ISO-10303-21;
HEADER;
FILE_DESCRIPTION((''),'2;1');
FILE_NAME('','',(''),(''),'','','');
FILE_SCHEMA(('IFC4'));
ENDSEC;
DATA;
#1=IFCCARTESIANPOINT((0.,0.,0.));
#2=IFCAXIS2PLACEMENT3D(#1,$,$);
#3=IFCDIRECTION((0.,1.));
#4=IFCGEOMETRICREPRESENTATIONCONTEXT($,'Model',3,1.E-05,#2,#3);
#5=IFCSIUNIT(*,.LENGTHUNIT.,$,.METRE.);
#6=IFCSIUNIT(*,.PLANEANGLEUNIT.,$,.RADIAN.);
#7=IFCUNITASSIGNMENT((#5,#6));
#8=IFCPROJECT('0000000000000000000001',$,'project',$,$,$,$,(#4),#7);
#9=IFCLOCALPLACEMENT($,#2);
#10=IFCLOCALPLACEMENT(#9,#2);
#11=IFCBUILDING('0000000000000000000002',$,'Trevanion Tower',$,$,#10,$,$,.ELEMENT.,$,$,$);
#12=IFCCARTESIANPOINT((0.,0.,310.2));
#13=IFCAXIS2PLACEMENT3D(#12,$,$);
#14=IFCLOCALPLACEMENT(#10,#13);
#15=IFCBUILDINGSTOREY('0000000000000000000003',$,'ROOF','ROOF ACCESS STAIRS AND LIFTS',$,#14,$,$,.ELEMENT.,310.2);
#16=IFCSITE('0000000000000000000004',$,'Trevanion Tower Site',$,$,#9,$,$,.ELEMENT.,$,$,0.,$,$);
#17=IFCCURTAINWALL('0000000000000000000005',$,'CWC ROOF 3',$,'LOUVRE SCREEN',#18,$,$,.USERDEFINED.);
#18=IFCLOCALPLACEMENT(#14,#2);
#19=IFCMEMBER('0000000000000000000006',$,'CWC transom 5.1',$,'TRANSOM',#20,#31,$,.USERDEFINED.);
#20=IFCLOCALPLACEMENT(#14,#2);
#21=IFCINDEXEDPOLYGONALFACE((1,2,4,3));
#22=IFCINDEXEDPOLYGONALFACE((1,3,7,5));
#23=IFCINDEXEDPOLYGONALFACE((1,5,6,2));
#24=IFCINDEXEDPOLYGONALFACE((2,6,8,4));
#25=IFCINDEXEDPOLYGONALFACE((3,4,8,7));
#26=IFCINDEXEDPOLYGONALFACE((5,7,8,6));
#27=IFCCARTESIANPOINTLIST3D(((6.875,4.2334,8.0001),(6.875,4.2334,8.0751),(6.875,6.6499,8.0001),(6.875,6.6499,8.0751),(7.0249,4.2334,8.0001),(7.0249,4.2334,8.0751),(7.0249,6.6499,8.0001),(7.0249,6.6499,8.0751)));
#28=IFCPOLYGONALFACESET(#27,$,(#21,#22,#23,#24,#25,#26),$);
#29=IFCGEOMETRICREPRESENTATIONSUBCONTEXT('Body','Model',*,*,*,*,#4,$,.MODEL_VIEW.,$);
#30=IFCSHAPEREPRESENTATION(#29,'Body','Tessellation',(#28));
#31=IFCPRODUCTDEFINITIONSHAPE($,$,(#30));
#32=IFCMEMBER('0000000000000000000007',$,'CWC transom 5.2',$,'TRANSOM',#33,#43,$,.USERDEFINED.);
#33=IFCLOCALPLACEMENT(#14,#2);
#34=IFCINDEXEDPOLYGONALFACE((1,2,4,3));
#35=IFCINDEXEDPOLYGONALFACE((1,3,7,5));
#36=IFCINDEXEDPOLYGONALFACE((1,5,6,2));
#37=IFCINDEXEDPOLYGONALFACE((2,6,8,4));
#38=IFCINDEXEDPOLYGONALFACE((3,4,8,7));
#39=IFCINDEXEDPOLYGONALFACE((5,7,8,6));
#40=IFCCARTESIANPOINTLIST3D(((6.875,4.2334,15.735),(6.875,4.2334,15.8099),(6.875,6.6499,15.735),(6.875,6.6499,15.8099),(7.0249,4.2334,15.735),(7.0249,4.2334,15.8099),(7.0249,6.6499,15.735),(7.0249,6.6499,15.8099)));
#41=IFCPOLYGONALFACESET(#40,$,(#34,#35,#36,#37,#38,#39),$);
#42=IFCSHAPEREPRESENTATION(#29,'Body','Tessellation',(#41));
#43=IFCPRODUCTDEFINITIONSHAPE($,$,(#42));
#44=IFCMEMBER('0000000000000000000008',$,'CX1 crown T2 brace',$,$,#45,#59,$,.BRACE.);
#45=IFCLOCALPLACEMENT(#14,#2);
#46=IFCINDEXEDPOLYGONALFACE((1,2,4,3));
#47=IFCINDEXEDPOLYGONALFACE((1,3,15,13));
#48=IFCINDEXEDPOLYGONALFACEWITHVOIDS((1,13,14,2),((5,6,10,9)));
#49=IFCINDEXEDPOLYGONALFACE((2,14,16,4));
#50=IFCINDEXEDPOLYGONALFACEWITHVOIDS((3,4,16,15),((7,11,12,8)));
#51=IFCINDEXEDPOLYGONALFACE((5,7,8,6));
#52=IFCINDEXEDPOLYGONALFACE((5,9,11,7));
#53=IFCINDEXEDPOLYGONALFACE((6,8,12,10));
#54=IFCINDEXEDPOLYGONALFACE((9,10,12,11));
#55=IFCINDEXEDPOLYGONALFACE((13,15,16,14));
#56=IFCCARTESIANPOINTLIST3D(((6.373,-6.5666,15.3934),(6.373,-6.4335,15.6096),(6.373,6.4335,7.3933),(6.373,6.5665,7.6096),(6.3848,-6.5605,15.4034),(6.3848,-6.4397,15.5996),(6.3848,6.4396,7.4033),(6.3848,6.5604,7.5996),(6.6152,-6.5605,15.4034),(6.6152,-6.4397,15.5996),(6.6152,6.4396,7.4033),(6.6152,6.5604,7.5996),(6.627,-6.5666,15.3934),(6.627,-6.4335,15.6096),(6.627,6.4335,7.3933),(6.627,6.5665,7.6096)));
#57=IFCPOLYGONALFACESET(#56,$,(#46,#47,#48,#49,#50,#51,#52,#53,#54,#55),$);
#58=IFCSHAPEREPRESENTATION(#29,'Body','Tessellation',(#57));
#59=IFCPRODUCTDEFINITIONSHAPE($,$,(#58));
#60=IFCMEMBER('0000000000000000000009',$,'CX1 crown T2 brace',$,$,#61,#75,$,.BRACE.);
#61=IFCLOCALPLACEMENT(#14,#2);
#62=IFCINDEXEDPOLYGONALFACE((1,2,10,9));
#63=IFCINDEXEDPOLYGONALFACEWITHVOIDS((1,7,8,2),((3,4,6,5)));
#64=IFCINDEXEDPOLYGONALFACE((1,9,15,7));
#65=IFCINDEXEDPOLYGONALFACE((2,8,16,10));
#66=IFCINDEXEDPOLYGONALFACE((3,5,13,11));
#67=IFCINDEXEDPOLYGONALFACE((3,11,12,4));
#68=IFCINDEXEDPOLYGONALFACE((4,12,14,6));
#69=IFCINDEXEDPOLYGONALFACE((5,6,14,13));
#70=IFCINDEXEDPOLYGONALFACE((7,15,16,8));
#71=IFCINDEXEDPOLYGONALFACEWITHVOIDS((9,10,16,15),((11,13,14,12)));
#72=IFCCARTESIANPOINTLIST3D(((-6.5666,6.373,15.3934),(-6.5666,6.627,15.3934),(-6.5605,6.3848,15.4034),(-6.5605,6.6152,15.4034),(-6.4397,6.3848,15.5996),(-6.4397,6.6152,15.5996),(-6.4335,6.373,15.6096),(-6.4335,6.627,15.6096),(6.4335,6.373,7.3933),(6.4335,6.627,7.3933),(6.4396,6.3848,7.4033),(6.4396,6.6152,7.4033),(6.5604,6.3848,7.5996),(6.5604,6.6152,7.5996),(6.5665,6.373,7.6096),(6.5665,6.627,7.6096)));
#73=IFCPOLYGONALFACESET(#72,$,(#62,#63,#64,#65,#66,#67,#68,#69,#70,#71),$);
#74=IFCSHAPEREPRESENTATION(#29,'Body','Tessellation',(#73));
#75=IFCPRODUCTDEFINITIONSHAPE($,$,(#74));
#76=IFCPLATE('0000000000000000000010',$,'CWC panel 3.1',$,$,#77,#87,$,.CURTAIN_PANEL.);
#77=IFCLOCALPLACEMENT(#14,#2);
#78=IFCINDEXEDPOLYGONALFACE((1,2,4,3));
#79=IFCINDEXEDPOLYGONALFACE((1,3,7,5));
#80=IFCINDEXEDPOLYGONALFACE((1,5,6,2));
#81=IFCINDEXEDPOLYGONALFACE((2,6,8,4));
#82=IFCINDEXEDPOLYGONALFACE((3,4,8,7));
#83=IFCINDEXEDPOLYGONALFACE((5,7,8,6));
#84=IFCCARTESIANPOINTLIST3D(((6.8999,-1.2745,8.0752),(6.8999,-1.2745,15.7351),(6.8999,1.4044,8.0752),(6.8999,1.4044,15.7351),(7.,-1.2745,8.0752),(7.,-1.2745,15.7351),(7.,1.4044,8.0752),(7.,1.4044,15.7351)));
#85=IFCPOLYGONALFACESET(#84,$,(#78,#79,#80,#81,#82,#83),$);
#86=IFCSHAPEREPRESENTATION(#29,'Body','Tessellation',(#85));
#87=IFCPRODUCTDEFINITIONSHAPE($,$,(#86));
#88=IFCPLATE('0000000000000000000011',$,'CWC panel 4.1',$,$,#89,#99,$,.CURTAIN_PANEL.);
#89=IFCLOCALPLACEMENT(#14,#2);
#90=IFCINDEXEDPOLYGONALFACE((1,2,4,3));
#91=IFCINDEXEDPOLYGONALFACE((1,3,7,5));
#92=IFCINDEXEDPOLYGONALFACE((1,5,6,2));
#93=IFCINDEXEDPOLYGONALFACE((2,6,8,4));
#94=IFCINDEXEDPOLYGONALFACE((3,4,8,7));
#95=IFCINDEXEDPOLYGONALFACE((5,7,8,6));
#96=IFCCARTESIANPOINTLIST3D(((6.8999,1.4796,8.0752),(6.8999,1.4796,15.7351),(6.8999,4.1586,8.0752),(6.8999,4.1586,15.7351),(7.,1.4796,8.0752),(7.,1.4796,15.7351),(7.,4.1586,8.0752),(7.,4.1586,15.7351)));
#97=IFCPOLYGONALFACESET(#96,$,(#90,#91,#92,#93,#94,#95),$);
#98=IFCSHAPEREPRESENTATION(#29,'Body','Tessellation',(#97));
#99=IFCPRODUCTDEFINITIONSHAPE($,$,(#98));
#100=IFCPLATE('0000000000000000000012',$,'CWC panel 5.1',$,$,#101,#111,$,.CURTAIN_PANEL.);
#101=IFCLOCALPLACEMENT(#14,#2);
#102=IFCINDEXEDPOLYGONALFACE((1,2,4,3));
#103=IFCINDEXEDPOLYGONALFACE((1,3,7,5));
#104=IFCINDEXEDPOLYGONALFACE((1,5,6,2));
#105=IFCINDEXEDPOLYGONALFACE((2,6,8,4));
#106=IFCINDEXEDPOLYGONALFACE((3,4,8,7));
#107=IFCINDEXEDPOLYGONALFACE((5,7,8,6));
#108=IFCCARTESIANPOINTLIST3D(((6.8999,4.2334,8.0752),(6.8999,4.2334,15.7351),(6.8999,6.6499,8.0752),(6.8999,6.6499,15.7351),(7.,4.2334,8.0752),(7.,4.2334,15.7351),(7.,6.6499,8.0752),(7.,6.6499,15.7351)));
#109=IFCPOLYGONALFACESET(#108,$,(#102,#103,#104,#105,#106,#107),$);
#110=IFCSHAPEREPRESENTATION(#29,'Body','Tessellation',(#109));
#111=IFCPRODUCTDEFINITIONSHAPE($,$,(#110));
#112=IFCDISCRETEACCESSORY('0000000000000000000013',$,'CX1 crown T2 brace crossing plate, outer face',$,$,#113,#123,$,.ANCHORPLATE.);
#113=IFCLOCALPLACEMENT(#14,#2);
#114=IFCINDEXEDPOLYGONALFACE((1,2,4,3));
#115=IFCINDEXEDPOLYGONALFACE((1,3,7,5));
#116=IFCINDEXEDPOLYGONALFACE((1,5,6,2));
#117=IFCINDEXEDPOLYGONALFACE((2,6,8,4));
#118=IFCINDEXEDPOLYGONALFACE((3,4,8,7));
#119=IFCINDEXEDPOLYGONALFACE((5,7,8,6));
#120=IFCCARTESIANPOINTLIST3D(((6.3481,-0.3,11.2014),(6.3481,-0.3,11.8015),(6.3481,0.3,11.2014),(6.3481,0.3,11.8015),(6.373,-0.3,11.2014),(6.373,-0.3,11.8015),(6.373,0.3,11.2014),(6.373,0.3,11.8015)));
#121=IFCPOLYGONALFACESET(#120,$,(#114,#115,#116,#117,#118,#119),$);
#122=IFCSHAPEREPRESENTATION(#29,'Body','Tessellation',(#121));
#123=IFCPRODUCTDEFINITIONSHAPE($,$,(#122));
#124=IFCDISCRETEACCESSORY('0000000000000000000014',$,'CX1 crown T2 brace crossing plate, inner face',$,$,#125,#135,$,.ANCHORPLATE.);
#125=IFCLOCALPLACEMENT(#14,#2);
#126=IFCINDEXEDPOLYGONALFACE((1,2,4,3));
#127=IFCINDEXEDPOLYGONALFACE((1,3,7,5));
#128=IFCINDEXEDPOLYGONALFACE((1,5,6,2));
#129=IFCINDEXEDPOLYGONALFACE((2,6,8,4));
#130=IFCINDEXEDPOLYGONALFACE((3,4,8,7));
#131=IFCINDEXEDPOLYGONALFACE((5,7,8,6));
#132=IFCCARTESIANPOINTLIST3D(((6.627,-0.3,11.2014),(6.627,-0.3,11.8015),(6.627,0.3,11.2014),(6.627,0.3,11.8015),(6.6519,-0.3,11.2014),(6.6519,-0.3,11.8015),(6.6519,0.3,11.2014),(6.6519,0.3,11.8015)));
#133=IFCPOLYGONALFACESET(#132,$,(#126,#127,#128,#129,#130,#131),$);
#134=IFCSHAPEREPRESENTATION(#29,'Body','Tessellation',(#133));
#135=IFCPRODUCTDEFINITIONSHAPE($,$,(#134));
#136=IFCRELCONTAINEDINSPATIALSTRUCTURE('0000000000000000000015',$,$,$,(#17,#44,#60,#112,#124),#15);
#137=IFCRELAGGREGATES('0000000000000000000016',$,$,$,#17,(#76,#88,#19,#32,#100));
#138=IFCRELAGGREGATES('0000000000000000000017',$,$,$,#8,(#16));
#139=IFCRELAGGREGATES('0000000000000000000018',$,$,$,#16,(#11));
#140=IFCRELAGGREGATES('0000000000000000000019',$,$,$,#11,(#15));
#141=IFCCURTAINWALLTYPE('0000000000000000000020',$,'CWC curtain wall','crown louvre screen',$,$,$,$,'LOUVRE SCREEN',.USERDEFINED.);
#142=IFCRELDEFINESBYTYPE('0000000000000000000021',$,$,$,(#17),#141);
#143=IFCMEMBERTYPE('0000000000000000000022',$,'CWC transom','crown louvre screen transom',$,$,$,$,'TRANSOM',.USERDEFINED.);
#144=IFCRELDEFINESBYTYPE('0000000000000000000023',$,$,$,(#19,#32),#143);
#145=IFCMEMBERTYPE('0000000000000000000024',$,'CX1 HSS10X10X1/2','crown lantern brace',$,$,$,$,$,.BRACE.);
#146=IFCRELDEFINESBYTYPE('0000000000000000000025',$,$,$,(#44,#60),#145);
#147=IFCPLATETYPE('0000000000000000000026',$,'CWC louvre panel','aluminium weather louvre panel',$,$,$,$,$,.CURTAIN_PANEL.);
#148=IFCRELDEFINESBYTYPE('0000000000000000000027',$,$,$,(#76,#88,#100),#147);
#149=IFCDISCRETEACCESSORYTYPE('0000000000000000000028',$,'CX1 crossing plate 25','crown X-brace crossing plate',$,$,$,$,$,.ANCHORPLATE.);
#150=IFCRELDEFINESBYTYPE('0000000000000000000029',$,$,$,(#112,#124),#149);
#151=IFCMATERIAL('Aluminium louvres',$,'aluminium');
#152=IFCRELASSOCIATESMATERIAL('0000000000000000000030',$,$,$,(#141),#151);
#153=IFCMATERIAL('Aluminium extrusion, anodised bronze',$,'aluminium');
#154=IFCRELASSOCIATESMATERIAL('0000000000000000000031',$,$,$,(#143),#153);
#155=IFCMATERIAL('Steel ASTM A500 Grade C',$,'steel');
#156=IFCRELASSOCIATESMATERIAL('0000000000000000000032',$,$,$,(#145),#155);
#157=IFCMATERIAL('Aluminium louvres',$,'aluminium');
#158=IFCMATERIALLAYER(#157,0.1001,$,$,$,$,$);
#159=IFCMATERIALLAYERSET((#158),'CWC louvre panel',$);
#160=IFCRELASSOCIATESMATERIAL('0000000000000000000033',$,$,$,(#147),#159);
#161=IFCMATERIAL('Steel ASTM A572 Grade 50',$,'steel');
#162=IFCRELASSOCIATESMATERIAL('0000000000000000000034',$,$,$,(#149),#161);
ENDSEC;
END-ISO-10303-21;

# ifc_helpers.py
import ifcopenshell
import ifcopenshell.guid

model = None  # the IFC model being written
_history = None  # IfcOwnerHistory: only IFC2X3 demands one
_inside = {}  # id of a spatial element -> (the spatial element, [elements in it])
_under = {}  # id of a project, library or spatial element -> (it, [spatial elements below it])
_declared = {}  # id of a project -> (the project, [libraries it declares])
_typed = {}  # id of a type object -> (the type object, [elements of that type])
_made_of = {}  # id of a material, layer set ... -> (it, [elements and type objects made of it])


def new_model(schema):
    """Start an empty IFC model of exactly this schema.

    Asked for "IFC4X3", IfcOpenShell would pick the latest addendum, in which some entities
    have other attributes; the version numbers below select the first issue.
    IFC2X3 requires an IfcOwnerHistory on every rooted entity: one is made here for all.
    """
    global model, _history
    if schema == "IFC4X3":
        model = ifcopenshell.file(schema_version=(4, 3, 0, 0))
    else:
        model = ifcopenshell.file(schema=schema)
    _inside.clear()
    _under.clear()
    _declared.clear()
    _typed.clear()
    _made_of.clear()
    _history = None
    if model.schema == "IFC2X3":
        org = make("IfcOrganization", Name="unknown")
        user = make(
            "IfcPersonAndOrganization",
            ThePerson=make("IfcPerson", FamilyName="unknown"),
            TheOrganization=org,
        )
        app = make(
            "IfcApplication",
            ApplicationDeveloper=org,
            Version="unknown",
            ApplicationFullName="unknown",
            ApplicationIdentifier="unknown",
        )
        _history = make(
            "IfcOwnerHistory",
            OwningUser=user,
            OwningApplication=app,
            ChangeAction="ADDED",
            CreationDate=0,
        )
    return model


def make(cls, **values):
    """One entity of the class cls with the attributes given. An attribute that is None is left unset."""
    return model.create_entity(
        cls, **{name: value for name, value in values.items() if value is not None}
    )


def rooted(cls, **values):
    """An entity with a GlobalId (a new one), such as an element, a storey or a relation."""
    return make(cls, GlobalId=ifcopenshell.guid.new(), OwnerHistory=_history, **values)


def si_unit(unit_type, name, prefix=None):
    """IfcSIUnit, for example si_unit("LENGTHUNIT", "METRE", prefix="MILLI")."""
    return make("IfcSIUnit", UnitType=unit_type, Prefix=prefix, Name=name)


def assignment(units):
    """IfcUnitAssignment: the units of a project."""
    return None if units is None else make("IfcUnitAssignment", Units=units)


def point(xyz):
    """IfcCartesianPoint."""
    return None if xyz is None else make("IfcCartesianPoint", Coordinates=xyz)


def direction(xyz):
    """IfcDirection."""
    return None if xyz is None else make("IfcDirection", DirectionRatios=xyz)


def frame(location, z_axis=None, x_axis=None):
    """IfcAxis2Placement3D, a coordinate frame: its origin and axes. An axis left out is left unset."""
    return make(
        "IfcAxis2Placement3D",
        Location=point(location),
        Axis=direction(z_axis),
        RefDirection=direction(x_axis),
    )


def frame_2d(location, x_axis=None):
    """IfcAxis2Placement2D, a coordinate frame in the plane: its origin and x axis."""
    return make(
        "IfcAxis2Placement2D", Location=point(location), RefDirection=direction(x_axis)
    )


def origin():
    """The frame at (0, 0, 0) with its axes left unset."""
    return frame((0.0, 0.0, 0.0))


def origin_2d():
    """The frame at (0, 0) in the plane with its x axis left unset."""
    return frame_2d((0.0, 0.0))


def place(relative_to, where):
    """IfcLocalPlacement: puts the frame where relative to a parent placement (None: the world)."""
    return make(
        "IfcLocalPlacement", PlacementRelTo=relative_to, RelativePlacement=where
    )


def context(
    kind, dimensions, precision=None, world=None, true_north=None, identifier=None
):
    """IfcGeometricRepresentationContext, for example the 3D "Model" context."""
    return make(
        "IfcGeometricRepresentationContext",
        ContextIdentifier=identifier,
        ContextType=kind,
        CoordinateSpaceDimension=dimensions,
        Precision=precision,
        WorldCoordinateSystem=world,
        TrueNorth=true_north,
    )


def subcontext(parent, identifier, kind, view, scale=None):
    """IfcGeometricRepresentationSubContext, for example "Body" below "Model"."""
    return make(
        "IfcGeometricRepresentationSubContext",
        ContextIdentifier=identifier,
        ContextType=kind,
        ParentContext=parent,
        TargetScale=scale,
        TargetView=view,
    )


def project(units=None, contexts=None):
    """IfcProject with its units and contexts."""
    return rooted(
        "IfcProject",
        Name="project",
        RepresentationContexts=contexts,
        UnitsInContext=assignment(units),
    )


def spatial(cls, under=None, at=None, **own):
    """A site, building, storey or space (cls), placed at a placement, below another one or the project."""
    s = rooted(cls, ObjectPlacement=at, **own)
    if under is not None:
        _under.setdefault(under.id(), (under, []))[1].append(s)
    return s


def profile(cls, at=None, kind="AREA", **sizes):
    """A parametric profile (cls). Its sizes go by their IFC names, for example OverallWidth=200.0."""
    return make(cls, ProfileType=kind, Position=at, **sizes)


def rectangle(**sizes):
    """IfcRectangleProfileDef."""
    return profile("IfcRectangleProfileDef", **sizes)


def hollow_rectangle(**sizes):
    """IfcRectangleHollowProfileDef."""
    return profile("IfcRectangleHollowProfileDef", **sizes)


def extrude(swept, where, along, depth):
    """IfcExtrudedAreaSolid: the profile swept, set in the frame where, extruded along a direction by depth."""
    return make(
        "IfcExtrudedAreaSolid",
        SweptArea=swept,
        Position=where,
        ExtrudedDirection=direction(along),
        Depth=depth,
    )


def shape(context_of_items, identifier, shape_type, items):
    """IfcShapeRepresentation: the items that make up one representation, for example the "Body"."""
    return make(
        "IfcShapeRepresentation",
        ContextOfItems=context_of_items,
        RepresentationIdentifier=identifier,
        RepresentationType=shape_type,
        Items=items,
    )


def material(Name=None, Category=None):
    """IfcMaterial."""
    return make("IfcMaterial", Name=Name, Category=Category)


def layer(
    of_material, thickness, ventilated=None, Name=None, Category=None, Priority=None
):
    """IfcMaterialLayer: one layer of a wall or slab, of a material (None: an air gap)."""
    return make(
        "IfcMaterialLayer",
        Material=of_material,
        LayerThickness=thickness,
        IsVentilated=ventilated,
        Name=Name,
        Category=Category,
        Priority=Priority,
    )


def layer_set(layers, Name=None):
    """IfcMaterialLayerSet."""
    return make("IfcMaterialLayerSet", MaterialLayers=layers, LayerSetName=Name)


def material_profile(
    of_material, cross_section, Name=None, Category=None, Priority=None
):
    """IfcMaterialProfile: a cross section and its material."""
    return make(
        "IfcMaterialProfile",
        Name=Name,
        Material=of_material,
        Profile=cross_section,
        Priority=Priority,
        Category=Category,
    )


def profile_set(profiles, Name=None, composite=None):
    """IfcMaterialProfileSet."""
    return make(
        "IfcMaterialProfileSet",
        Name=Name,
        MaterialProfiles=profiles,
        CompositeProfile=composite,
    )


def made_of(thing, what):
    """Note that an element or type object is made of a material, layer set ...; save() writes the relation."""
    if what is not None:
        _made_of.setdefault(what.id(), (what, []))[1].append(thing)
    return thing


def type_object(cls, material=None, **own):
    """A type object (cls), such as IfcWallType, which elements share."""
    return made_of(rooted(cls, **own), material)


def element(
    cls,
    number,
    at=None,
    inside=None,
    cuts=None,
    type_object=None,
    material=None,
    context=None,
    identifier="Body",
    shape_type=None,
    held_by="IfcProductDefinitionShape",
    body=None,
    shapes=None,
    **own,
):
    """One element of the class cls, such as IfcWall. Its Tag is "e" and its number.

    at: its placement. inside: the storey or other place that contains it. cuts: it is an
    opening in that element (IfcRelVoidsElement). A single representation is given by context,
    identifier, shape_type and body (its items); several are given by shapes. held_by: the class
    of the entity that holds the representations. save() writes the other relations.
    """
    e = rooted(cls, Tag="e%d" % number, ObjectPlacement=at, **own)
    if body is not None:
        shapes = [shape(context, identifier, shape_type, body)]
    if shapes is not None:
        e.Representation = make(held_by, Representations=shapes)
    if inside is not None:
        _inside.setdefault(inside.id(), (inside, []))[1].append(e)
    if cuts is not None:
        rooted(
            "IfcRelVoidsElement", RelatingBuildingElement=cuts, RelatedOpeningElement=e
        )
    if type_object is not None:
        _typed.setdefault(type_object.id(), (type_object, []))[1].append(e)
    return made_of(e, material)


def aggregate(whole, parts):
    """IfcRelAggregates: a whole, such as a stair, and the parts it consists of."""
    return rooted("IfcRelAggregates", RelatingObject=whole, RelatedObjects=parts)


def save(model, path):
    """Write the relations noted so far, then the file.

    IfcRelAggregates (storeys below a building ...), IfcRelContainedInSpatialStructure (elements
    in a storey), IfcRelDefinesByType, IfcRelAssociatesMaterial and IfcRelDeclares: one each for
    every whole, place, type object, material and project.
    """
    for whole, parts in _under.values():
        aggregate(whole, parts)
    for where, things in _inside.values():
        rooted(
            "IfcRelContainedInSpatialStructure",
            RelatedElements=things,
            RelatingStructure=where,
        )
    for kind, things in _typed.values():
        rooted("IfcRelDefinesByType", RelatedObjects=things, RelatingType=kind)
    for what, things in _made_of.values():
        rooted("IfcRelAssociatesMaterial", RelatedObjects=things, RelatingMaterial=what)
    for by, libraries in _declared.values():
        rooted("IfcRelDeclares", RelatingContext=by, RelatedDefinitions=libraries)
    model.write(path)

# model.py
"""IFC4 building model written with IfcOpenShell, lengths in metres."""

from ifc_helpers import new_model, si_unit, direction, frame, origin, origin_2d, place, context, subcontext, project, spatial, rectangle, hollow_rectangle, extrude, material, layer, layer_set, material_profile, profile_set, type_object, element, aggregate, save


model = new_model("IFC4")

# Units and contexts
model_context = context("Model", 3, precision=1e-05, world=origin(), true_north=direction((0.0, 1.0)))
body_context = subcontext(model_context, "Body", "Model", "MODEL_VIEW")
ifc_project = project(units=[si_unit("LENGTHUNIT", "METRE"), si_unit("PLANEANGLEUNIT", "RADIAN")], contexts=[model_context])

# Site, building, storey
site_placement = place(None, origin())
site = spatial("IfcSite", under=ifc_project, at=site_placement, Name="Trevanion Tower Site", CompositionType="ELEMENT", RefElevation=0.0)
building_placement = place(site_placement, origin())
building = spatial("IfcBuilding", under=site, at=building_placement, Name="Trevanion Tower", CompositionType="ELEMENT")
storey_placement = place(building_placement, frame((0.0, 0.0, 310.2)))
storey = spatial("IfcBuildingStorey", under=building, at=storey_placement, Name="ROOF", Description="ROOF ACCESS STAIRS AND LIFTS", CompositionType="ELEMENT", Elevation=310.2)

# Curtain wall
ifc_material_1 = material(Name="Aluminium louvres", Category="aluminium")
curtain_wall_type = type_object("IfcCurtainWallType", Name="CWC curtain wall", Description="crown louvre screen", ElementType="LOUVRE SCREEN", PredefinedType="USERDEFINED", material=ifc_material_1)
curtain_wall_1_placement = place(storey_placement, origin())
curtain_wall_1 = element("IfcCurtainWall", 1, at=curtain_wall_1_placement, inside=storey, type_object=curtain_wall_type, Name="CWC ROOF 3", ObjectType="LOUVRE SCREEN", PredefinedType="USERDEFINED")
ifc_material_2 = material(Name="Aluminium extrusion, anodised bronze", Category="aluminium")
ifc_material_profile_1 = material_profile(ifc_material_2, rectangle(XDim=0.1499, YDim=0.075, at=origin_2d()), Name="CWC transom")
ifc_profile_set_1 = profile_set([ifc_material_profile_1], Name="Aluminium extrusion, anodised bronze")
member_type_1 = type_object("IfcMemberType", Name="CWC transom", Description="crown louvre screen transom", ElementType="TRANSOM", PredefinedType="USERDEFINED", material=ifc_profile_set_1)

# Members
member_1_placement = place(storey_placement, frame((6.95, 4.2334, 8.0376), z_axis=(0.0, 1.0, 0.0), x_axis=(-1.0, 0.0, 0.0)))
member_1 = element("IfcMember", 2, at=member_1_placement, type_object=member_type_1, Name="CWC transom 5.1", ObjectType="TRANSOM", PredefinedType="USERDEFINED", context=body_context, shape_type="SweptSolid", body=[
    extrude(rectangle(XDim=0.1499, YDim=0.075, at=origin_2d()), origin(), (0.0, 0.0, 1.0), 2.4165),
])
member_2_placement = place(storey_placement, frame((6.95, 4.2334, 15.7725), z_axis=(0.0, 1.0, 0.0), x_axis=(-1.0, 0.0, 0.0)))
member_2 = element("IfcMember", 3, at=member_2_placement, type_object=member_type_1, Name="CWC transom 5.2", ObjectType="TRANSOM", PredefinedType="USERDEFINED", context=body_context, shape_type="SweptSolid", body=[
    extrude(rectangle(XDim=0.1499, YDim=0.075, at=origin_2d()), origin(), (0.0, 0.0, 1.0), 2.4165),
])

# Members
ifc_material_3 = material(Name="Steel ASTM A500 Grade C", Category="steel")
ifc_material_profile_2 = material_profile(ifc_material_3, hollow_rectangle(XDim=0.2539, YDim=0.2539, WallThickness=0.0117, at=origin_2d()), Name="HSS10X10X1/2")
ifc_profile_set_2 = profile_set([ifc_material_profile_2], Name="Steel ASTM A500 Grade C")
member_type_2 = type_object("IfcMemberType", Name="CX1 HSS10X10X1/2", Description="crown lantern brace", PredefinedType="BRACE", material=ifc_profile_set_2)
for number, where, z_axis, x_axis, name in (
    (4, (6.5, 6.5, 7.5015), (0.0, -0.851658, 0.524097), (1.0, 0.0, 0.0), "CX1 crown T2 brace"),
    (5, (6.5, 6.5, 7.5015), (-0.851658, 0.0, 0.524097), (0.0, -1.0, 0.0), "CX1 crown T2 brace"),
):
    element("IfcMember", number, at=place(storey_placement, frame(where, z_axis=z_axis, x_axis=x_axis)), inside=storey, type_object=member_type_2, Name=name, PredefinedType="BRACE", context=body_context, shape_type="SweptSolid", body=[
        extrude(hollow_rectangle(XDim=0.2539, YDim=0.2539, WallThickness=0.0117, at=origin_2d()), origin(), (0.0, 0.0, 1.0), 15.2644),
    ])

# Plates
ifc_material_4 = material(Name="Aluminium louvres", Category="aluminium")
ifc_layer = layer(ifc_material_4, 0.1001)
ifc_layer_set = layer_set([ifc_layer], Name="CWC louvre panel")
plate_type = type_object("IfcPlateType", Name="CWC louvre panel", Description="aluminium weather louvre panel", PredefinedType="CURTAIN_PANEL", material=ifc_layer_set)
plate_1_placement = place(storey_placement, frame((6.95, 0.0649, 8.0752), z_axis=(0.0, 0.0, 1.0), x_axis=(0.0, 1.0, 0.0)))
plate_1 = element("IfcPlate", 6, at=plate_1_placement, type_object=plate_type, Name="CWC panel 3.1", PredefinedType="CURTAIN_PANEL", context=body_context, shape_type="SweptSolid", body=[
    extrude(rectangle(XDim=2.679, YDim=0.1001, at=origin_2d()), origin(), (0.0, 0.0, 1.0), 7.6599),
])
plate_2_placement = place(storey_placement, frame((6.95, 2.8191, 8.0752), z_axis=(0.0, 0.0, 1.0), x_axis=(0.0, 1.0, 0.0)))
plate_2 = element("IfcPlate", 7, at=plate_2_placement, type_object=plate_type, Name="CWC panel 4.1", PredefinedType="CURTAIN_PANEL", context=body_context, shape_type="SweptSolid", body=[
    extrude(rectangle(XDim=2.679, YDim=0.1001, at=origin_2d()), origin(), (0.0, 0.0, 1.0), 7.6599),
])
plate_3_placement = place(storey_placement, frame((6.95, 5.4417, 8.0752), z_axis=(0.0, 0.0, 1.0), x_axis=(0.0, 1.0, 0.0)))
plate_3 = element("IfcPlate", 8, at=plate_3_placement, type_object=plate_type, Name="CWC panel 5.1", PredefinedType="CURTAIN_PANEL", context=body_context, shape_type="SweptSolid", body=[
    extrude(rectangle(XDim=2.4165, YDim=0.1001, at=origin_2d()), origin(), (0.0, 0.0, 1.0), 7.6599),
])
aggregate(curtain_wall_1, [plate_1, plate_2, member_1, member_2, plate_3])

# Discrete accessories
ifc_material_5 = material(Name="Steel ASTM A572 Grade 50", Category="steel")
discrete_accessory_type = type_object("IfcDiscreteAccessoryType", Name="CX1 crossing plate 25", Description="crown X-brace crossing plate", PredefinedType="ANCHORPLATE", material=ifc_material_5)
for number, where, z_axis, x_axis, name in (
    (9, (6.3606, 0.0, 11.2014), (0.0, 0.0, 1.0), (0.0, 1.0, 0.0), "CX1 crown T2 brace crossing plate, outer face"),
    (10, (6.6394, 0.0, 11.2014), (0.0, 0.0, 1.0), (0.0, 1.0, 0.0), "CX1 crown T2 brace crossing plate, inner face"),
):
    element("IfcDiscreteAccessory", number, at=place(storey_placement, frame(where, z_axis=z_axis, x_axis=x_axis)), inside=storey, type_object=discrete_accessory_type, Name=name, PredefinedType="ANCHORPLATE", context=body_context, shape_type="SweptSolid", body=[
        extrude(rectangle(XDim=0.6001, YDim=0.0249, at=origin_2d()), origin(), (0.0, 0.0, 1.0), 0.6001),
    ])

save(model, "model.ifc")
